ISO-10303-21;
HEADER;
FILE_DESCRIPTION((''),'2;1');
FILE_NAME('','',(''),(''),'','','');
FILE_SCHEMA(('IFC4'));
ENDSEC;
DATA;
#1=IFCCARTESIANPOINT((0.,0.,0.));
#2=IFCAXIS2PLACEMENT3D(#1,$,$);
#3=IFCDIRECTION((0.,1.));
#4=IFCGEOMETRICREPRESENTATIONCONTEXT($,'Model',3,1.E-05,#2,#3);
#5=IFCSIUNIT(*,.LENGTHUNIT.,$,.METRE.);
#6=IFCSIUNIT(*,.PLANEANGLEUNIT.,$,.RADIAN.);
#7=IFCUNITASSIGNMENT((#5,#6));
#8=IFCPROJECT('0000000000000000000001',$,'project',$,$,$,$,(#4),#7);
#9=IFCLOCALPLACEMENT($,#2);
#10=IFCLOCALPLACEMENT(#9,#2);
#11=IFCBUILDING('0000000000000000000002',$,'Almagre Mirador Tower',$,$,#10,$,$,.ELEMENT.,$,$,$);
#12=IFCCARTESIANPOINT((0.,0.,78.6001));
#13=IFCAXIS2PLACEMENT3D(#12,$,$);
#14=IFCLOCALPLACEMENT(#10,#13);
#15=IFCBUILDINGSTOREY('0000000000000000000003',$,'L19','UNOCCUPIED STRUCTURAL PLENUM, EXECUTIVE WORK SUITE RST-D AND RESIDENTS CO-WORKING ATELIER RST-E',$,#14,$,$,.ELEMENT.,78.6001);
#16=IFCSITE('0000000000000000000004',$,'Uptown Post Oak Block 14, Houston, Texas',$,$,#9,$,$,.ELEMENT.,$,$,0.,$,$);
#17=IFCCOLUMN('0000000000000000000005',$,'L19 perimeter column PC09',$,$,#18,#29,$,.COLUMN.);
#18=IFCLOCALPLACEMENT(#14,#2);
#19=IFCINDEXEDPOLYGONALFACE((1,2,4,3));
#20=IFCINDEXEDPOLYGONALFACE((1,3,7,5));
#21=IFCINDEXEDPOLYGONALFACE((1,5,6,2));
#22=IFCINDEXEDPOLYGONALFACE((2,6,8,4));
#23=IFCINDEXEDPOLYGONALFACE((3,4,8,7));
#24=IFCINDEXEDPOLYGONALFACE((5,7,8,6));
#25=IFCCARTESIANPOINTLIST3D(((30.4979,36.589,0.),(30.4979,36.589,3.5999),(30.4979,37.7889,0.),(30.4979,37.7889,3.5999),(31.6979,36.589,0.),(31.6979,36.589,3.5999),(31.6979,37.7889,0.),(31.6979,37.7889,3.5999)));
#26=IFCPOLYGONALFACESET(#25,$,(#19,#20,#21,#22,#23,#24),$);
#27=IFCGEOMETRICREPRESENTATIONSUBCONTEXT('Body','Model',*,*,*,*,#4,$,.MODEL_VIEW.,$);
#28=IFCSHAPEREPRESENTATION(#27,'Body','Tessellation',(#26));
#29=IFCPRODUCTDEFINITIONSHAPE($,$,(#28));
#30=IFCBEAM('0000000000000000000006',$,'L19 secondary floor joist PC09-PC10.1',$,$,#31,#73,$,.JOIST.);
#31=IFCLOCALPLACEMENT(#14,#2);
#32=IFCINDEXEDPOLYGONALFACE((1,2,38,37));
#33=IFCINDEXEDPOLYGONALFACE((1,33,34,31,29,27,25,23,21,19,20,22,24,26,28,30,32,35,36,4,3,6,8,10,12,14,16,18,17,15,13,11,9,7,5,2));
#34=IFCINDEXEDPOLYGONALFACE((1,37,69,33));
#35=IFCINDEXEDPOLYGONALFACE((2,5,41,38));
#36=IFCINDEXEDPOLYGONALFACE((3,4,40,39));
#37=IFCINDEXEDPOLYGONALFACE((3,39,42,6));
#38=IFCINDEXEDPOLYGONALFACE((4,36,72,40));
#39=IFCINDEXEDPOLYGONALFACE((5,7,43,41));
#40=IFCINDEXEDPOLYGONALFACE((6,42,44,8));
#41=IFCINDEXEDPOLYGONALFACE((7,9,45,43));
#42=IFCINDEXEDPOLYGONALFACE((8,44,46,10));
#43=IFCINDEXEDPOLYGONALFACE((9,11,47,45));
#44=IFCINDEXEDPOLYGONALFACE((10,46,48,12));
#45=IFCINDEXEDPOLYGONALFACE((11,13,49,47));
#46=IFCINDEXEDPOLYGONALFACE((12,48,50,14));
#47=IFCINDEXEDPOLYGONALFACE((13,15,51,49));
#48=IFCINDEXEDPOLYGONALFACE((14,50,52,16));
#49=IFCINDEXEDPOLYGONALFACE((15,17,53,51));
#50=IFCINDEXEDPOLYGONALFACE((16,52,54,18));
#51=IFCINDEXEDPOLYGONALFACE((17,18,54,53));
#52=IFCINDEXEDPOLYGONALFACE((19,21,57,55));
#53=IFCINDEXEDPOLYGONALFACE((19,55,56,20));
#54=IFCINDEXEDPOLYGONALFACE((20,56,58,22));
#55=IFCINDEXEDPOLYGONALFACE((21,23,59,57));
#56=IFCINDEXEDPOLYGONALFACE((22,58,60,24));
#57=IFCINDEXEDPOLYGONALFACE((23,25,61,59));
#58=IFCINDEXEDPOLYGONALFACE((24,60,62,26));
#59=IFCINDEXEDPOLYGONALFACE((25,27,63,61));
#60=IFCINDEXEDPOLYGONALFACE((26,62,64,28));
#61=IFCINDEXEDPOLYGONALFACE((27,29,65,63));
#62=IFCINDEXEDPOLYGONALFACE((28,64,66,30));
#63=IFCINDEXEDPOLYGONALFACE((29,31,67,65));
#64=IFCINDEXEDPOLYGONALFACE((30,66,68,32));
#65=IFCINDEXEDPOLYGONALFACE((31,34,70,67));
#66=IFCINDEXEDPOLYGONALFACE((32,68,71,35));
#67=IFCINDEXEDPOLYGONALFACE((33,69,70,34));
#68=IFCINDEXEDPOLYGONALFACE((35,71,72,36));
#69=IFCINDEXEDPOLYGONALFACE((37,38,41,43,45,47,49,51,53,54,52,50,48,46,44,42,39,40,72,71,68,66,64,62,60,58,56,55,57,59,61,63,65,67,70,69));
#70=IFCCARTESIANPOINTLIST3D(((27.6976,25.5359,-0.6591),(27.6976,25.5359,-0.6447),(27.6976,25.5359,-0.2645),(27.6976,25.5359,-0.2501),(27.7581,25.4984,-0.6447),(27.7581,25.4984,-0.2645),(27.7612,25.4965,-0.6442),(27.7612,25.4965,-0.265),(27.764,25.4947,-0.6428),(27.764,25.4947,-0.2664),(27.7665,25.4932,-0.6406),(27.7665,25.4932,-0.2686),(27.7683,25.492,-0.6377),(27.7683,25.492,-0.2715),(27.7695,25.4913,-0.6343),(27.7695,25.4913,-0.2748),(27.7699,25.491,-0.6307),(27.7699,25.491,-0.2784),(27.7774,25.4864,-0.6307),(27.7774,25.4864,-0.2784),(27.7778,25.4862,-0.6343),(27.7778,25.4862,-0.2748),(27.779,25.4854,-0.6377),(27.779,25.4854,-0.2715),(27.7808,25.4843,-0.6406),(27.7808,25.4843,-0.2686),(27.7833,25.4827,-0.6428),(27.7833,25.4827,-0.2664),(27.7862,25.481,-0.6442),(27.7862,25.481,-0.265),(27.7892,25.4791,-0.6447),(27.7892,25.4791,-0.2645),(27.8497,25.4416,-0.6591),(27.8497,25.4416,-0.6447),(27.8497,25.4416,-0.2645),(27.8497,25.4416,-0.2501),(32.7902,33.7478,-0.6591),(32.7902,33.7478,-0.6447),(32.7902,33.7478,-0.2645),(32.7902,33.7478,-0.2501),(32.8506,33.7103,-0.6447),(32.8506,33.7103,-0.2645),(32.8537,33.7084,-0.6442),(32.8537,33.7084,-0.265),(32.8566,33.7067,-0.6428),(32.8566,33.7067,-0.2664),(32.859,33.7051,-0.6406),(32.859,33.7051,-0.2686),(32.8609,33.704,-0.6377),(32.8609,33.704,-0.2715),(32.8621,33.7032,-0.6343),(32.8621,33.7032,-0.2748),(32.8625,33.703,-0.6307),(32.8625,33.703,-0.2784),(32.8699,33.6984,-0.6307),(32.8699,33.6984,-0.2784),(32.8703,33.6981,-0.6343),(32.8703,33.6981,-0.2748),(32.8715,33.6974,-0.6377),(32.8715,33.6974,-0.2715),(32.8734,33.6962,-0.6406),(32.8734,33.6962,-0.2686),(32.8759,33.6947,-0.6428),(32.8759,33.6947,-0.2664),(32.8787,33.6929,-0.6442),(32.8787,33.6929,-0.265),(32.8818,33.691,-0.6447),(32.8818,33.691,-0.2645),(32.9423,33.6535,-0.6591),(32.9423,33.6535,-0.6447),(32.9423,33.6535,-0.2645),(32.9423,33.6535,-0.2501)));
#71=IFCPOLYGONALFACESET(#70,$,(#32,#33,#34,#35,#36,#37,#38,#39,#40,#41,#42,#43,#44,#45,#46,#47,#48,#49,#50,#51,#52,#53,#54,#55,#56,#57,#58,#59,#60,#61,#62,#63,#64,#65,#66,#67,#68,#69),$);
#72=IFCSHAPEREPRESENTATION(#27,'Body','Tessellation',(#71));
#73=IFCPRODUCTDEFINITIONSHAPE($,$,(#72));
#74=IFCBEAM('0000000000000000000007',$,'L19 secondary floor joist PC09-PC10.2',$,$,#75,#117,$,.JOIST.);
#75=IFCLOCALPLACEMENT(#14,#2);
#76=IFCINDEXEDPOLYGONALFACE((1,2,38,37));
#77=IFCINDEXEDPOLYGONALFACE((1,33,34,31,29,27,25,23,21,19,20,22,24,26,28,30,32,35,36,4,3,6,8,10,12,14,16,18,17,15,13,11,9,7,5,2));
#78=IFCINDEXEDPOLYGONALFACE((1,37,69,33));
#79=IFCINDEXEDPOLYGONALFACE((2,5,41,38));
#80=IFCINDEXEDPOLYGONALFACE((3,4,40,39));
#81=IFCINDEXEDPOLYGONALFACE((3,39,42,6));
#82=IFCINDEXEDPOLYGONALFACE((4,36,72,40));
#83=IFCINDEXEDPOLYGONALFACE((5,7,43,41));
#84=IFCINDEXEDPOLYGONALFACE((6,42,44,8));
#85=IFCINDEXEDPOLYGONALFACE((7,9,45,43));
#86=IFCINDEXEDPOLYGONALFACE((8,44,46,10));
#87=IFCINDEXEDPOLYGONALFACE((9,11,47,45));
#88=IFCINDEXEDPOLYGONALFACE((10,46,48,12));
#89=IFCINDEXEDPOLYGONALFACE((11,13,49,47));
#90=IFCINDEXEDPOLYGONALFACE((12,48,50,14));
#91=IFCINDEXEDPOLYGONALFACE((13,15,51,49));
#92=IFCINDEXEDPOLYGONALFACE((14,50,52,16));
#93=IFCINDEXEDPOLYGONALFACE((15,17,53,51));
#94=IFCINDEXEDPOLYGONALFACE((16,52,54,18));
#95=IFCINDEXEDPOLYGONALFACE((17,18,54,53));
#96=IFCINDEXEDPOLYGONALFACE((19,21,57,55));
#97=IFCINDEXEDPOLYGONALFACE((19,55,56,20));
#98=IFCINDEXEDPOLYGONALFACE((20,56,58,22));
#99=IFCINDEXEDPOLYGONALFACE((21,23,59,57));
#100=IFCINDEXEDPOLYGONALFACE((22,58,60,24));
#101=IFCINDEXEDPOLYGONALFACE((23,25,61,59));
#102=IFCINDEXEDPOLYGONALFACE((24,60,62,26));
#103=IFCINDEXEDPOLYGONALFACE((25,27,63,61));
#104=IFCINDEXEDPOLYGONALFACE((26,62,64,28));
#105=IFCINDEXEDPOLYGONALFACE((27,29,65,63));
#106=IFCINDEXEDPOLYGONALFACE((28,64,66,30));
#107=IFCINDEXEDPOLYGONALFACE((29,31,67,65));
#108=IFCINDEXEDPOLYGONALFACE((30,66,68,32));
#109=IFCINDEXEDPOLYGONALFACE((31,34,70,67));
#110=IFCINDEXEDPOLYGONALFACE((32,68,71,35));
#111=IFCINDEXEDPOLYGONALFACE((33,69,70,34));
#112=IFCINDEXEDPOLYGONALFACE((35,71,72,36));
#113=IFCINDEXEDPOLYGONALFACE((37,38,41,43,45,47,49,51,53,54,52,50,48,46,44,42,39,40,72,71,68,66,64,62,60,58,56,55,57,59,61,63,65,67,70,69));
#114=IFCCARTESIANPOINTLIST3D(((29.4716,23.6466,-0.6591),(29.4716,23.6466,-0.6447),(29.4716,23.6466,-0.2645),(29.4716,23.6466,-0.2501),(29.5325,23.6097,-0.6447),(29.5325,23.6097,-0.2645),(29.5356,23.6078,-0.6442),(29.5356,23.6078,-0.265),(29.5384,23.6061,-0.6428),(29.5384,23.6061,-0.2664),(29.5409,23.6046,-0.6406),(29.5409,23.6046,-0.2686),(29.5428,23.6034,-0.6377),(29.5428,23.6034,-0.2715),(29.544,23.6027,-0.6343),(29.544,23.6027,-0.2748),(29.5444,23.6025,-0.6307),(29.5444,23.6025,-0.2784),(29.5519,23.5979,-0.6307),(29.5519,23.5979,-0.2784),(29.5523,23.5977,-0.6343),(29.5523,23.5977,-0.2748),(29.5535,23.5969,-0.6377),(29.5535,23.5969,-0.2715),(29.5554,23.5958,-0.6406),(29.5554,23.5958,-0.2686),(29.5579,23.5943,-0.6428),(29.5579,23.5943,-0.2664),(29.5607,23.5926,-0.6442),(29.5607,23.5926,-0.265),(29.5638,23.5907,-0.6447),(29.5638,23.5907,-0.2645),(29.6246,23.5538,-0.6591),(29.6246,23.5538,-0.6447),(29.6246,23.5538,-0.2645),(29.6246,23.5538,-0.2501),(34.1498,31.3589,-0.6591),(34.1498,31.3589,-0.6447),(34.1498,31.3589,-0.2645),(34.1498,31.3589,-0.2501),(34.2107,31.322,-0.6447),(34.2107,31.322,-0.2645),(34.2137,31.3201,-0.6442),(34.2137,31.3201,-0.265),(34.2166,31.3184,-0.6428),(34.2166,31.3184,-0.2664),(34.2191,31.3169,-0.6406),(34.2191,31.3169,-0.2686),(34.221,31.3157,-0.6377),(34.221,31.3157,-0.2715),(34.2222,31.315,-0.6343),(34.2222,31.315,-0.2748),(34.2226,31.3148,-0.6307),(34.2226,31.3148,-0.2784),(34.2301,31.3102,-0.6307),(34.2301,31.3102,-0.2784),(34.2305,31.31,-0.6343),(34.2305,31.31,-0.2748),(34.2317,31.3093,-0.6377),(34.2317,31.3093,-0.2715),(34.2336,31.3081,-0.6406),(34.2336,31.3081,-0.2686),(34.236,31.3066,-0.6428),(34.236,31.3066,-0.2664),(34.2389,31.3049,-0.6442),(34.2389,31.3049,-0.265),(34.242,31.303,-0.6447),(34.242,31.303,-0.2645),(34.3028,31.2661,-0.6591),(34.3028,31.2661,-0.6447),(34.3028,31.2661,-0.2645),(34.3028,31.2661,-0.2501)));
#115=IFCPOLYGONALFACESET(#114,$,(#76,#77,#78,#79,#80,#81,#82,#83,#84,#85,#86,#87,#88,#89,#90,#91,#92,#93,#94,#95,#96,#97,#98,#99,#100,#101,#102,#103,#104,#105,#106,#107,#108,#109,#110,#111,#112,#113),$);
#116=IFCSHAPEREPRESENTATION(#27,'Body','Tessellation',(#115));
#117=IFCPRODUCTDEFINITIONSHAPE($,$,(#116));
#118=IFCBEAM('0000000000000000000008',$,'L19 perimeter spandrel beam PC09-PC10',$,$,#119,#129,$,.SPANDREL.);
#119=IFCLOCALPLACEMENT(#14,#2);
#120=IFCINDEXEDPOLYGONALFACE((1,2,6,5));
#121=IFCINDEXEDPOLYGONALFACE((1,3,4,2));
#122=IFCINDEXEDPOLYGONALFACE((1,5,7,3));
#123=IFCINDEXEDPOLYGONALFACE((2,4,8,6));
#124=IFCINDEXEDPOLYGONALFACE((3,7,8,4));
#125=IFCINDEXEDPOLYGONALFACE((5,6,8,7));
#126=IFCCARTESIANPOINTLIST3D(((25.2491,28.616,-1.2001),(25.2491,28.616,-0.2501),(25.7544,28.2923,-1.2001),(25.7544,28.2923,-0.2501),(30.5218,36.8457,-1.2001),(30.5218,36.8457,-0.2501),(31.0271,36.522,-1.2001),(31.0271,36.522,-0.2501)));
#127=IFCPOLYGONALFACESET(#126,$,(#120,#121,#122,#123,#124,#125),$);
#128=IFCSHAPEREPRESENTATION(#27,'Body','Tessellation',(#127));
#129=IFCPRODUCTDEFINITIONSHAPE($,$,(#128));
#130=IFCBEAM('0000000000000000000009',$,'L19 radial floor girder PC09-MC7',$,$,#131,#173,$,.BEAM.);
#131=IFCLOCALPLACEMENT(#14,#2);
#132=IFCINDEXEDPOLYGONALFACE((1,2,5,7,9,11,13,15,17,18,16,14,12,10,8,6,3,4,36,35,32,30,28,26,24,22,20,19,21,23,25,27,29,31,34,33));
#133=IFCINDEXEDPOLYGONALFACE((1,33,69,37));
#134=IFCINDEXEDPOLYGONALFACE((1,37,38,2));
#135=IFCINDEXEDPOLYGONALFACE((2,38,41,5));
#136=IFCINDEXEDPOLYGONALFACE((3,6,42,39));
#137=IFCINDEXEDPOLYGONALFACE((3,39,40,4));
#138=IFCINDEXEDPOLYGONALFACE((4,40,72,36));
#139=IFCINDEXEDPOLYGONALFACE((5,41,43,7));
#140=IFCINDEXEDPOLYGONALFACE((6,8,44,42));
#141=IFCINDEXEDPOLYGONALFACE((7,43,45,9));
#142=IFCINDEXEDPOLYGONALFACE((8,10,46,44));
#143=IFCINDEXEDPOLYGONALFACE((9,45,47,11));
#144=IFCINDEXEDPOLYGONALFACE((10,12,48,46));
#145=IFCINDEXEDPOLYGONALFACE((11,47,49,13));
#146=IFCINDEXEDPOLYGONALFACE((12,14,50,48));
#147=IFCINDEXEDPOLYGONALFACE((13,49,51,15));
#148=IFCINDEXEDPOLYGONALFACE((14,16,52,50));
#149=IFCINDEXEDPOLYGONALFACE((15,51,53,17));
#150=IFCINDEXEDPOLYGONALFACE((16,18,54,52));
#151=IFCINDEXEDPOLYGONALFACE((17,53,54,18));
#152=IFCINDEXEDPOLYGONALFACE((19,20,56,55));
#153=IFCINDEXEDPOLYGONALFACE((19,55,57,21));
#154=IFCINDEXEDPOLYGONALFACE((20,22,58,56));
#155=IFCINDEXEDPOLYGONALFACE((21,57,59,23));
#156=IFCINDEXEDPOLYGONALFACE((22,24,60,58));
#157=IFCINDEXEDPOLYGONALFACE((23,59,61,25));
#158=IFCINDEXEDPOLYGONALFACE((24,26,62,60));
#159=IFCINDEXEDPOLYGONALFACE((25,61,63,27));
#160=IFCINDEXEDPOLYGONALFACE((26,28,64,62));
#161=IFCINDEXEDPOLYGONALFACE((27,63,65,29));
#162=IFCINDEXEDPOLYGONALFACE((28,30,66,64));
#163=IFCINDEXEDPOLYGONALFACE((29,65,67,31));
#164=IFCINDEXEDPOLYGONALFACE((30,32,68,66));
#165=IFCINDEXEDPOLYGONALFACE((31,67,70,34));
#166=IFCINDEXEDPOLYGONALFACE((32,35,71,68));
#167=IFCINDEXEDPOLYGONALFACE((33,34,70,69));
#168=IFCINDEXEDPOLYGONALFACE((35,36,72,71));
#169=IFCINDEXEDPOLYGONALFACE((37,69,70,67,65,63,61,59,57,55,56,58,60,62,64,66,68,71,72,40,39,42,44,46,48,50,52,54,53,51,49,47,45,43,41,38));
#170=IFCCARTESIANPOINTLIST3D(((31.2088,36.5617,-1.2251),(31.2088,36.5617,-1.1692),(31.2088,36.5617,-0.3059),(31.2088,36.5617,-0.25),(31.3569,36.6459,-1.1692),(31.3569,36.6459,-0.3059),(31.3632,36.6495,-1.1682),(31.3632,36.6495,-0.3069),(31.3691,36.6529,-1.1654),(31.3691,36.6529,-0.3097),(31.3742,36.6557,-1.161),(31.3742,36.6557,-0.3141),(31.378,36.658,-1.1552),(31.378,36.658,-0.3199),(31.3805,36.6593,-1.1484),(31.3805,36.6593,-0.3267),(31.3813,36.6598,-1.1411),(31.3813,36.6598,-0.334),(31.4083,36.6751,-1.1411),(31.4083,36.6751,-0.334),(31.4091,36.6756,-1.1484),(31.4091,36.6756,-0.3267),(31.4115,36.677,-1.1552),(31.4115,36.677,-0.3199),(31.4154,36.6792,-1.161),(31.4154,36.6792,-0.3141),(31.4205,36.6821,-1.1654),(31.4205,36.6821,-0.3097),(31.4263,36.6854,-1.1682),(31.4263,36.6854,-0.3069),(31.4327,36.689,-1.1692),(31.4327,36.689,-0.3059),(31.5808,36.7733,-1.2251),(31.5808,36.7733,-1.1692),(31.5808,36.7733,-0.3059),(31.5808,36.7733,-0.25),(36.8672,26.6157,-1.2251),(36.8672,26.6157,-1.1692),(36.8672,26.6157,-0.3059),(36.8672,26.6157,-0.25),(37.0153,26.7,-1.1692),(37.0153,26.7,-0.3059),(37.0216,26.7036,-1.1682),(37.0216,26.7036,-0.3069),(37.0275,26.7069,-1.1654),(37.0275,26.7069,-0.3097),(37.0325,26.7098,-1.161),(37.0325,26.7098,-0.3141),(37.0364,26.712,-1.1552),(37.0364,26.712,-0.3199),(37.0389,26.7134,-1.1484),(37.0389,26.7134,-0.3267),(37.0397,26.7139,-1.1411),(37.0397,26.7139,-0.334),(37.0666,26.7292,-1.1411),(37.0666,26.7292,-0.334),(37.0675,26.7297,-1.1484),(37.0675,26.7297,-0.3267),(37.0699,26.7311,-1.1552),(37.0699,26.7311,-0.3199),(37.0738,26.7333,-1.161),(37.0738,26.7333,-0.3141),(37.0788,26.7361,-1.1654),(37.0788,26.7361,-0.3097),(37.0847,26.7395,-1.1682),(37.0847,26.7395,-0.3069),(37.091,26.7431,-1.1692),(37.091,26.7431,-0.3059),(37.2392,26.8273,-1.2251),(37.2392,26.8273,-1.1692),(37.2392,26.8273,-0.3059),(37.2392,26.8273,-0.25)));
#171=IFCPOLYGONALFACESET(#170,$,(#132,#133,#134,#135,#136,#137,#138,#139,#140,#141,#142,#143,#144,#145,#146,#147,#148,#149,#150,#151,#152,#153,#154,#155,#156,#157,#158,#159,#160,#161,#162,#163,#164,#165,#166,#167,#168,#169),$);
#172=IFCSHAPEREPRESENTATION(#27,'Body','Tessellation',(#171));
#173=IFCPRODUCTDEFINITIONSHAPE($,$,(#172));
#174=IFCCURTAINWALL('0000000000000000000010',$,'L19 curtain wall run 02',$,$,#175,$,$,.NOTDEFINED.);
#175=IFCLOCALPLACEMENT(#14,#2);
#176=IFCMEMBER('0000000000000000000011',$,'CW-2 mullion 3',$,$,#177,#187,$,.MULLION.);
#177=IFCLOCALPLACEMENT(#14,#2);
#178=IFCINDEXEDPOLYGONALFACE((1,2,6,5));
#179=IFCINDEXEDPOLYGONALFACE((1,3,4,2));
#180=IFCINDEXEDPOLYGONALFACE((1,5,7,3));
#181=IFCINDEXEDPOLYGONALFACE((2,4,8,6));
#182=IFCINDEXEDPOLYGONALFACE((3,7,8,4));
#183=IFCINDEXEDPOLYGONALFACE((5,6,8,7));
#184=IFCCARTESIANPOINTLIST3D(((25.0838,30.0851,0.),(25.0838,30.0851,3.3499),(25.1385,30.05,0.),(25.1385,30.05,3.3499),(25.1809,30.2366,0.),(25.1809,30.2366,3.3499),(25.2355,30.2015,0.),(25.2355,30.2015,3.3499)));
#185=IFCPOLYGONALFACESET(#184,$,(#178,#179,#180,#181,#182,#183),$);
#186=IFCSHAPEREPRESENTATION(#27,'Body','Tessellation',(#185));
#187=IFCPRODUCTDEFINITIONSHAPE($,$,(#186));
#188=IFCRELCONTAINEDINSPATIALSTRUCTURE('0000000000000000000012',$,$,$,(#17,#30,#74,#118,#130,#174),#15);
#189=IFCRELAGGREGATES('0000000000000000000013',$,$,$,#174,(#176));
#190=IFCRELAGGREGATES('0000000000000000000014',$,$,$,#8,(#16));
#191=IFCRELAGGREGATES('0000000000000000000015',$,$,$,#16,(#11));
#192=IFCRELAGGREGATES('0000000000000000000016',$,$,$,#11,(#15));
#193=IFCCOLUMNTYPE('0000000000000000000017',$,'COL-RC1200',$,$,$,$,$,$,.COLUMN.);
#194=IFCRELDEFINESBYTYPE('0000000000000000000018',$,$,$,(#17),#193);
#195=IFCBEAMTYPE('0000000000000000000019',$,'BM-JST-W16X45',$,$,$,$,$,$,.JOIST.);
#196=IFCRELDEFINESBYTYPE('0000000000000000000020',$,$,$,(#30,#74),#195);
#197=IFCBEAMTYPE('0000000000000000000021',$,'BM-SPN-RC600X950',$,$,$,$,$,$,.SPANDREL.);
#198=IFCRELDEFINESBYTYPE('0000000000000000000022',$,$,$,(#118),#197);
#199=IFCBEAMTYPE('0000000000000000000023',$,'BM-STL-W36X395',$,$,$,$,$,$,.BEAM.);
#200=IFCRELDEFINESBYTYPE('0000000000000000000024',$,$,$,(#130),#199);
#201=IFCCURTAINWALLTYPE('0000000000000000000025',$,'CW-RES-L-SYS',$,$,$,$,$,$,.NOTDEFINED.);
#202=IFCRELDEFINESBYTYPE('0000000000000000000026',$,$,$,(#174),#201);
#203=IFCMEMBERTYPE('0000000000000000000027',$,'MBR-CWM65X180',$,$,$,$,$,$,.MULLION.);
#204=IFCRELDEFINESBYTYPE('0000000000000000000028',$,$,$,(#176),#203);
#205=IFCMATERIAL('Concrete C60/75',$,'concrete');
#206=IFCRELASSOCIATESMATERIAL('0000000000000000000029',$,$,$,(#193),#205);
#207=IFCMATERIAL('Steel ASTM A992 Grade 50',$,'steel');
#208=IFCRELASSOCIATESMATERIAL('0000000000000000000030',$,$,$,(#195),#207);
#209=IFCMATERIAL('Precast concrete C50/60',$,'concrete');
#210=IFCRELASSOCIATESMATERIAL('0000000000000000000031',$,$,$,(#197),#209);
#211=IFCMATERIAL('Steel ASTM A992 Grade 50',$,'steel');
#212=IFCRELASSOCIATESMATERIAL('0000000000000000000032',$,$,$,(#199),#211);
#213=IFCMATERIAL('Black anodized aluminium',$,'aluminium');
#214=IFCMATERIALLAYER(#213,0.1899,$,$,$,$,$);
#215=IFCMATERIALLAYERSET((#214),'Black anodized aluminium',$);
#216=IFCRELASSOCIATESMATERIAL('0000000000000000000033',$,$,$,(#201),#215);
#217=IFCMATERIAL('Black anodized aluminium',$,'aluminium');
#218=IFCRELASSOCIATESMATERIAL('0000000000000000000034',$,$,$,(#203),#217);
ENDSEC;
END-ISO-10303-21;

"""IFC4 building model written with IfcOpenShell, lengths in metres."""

from ifc_helpers import new_model, si_unit, direction, frame, origin, origin_2d, place, context, subcontext, project, spatial, rectangle, i_section, extrude, material, layer, layer_set, material_profile, profile_set, type_object, element, aggregate, save


model = new_model("IFC4")

# Units and contexts
model_context = context("Model", 3, precision=1e-05, world=origin(), true_north=direction((0.0, 1.0)))
body_context = subcontext(model_context, "Body", "Model", "MODEL_VIEW")
ifc_project = project(units=[si_unit("LENGTHUNIT", "METRE"), si_unit("PLANEANGLEUNIT", "RADIAN")], contexts=[model_context])

# Site, building, storey
site_placement = place(None, origin())
site = spatial("IfcSite", under=ifc_project, at=site_placement, Name="Uptown Post Oak Block 14, Houston, Texas", CompositionType="ELEMENT", RefElevation=0.0)
building_placement = place(site_placement, origin())
building = spatial("IfcBuilding", under=site, at=building_placement, Name="Almagre Mirador Tower", CompositionType="ELEMENT")
storey_placement = place(building_placement, frame((0.0, 0.0, 78.6001)))
storey = spatial("IfcBuildingStorey", under=building, at=storey_placement, Name="L19", Description="UNOCCUPIED STRUCTURAL PLENUM, EXECUTIVE WORK SUITE RST-D AND RESIDENTS CO-WORKING ATELIER RST-E", CompositionType="ELEMENT", Elevation=78.6001)

# Column
ifc_material_1 = material(Name="Concrete C60/75", Category="concrete")
ifc_material_profile_1 = material_profile(ifc_material_1, rectangle(XDim=1.2, YDim=1.2, at=origin_2d()), Name="RC1200X1200")
ifc_profile_set_1 = profile_set([ifc_material_profile_1], Name="Concrete C60/75")
column_type = type_object("IfcColumnType", Name="COL-RC1200", PredefinedType="COLUMN", material=ifc_profile_set_1)
column_placement = place(storey_placement, frame((31.0979, 37.189, 0.0), z_axis=(0.0, 0.0, 1.0), x_axis=(1.0, 0.0, 0.0)))
element("IfcColumn", 1, at=column_placement, inside=storey, type_object=column_type, Name="L19 perimeter column PC09", PredefinedType="COLUMN", context=body_context, shape_type="SweptSolid", body=[
    extrude(rectangle(XDim=1.2, YDim=1.2, at=origin_2d()), origin(), (0.0, 0.0, 1.0), 3.5999),
])

# Beams
ifc_material_2 = material(Name="Steel ASTM A992 Grade 50", Category="steel")
ifc_material_profile_2 = material_profile(ifc_material_2, i_section(OverallWidth=0.179, OverallDepth=0.4089, WebThickness=0.0088, FlangeThickness=0.0144, FilletRadius=0.0139, at=origin_2d()), Name="W16X45")
ifc_profile_set_2 = profile_set([ifc_material_profile_2], Name="Steel ASTM A992 Grade 50")
beam_type_1 = type_object("IfcBeamType", Name="BM-JST-W16X45", PredefinedType="JOIST", material=ifc_profile_set_2)
beam_1_placement = place(storey_placement, frame((32.8662, 33.7007, -0.4546), z_axis=(-0.527025, -0.84985, 0.0), x_axis=(0.84985, -0.527025, 0.0)))
element("IfcBeam", 2, at=beam_1_placement, inside=storey, type_object=beam_type_1, Name="L19 secondary floor joist PC09-PC10.1", PredefinedType="JOIST", context=body_context, shape_type="SweptSolid", body=[
    extrude(i_section(OverallWidth=0.179, OverallDepth=0.4089, WebThickness=0.0088, FlangeThickness=0.0144, FilletRadius=0.0139, at=origin_2d()), origin(), (0.0, 0.0, 1.0), 9.6628),
])
beam_2_placement = place(storey_placement, frame((34.2263, 31.3125, -0.4546), z_axis=(-0.518629, -0.854999, 0.0), x_axis=(0.854999, -0.518629, 0.0)))
element("IfcBeam", 3, at=beam_2_placement, inside=storey, type_object=beam_type_1, Name="L19 secondary floor joist PC09-PC10.2", PredefinedType="JOIST", context=body_context, shape_type="SweptSolid", body=[
    extrude(i_section(OverallWidth=0.179, OverallDepth=0.4089, WebThickness=0.0088, FlangeThickness=0.0144, FilletRadius=0.0139, at=origin_2d()), origin(), (0.0, 0.0, 1.0), 9.0203),
])
ifc_material_3 = material(Name="Precast concrete C50/60", Category="concrete")
ifc_material_profile_3 = material_profile(ifc_material_3, rectangle(XDim=0.6001, YDim=0.95, at=origin_2d()), Name="RC600X950")
ifc_profile_set_3 = profile_set([ifc_material_profile_3], Name="Precast concrete C50/60")
beam_type_2 = type_object("IfcBeamType", Name="BM-SPN-RC600X950", PredefinedType="SPANDREL", material=ifc_profile_set_3)
beam_3_placement = place(storey_placement, frame((30.7744, 36.6838, -0.7251), z_axis=(-0.539465, -0.842008, 0.0), x_axis=(0.842008, -0.539465, 0.0)))
element("IfcBeam", 4, at=beam_3_placement, inside=storey, type_object=beam_type_2, Name="L19 perimeter spandrel beam PC09-PC10", PredefinedType="SPANDREL", context=body_context, shape_type="SweptSolid", body=[
    extrude(rectangle(XDim=0.6001, YDim=0.95, at=origin_2d()), origin(), (0.0, 0.0, 1.0), 9.7739),
])
ifc_material_4 = material(Name="Steel ASTM A992 Grade 50", Category="steel")
ifc_material_profile_4 = material_profile(ifc_material_4, i_section(OverallWidth=0.428, OverallDepth=0.9751, WebThickness=0.031, FlangeThickness=0.0559, FilletRadius=0.0281, at=origin_2d()), Name="W36X395")
ifc_profile_set_4 = profile_set([ifc_material_profile_4], Name="Steel ASTM A992 Grade 50")
beam_type_3 = type_object("IfcBeamType", Name="BM-STL-W36X395", PredefinedType="BEAM", material=ifc_profile_set_4)
beam_4_placement = place(storey_placement, frame((31.3948, 36.6675, -0.7375), z_axis=(0.494491, -0.869183, 0.0), x_axis=(0.869183, 0.494491, 0.0)))
element("IfcBeam", 5, at=beam_4_placement, inside=storey, type_object=beam_type_3, Name="L19 radial floor girder PC09-MC7", PredefinedType="BEAM", context=body_context, shape_type="SweptSolid", body=[
    extrude(i_section(OverallWidth=0.428, OverallDepth=0.9751, WebThickness=0.031, FlangeThickness=0.0559, FilletRadius=0.0281, at=origin_2d()), origin(), (0.0, 0.0, 1.0), 11.4429),
])

# Curtain wall, member
ifc_material_5 = material(Name="Black anodized aluminium", Category="aluminium")
ifc_layer_1 = layer(ifc_material_5, 0.1899)
ifc_layer_set_1 = layer_set([ifc_layer_1], Name="Black anodized aluminium")
curtain_wall_type = type_object("IfcCurtainWallType", Name="CW-RES-L-SYS", PredefinedType="NOTDEFINED", material=ifc_layer_set_1)
curtain_wall_placement = place(storey_placement, origin())
curtain_wall = element("IfcCurtainWall", 6, at=curtain_wall_placement, inside=storey, type_object=curtain_wall_type, Name="L19 curtain wall run 02", PredefinedType="NOTDEFINED")
ifc_material_6 = material(Name="Black anodized aluminium", Category="aluminium")
ifc_material_profile_5 = material_profile(ifc_material_6, rectangle(XDim=0.0649, YDim=0.1799, at=origin_2d()), Name="CWM65X180")
ifc_profile_set_5 = profile_set([ifc_material_profile_5], Name="Black anodized aluminium")
member_type = type_object("IfcMemberType", Name="MBR-CWM65X180", PredefinedType="MULLION", material=ifc_profile_set_5)
member_placement = place(storey_placement, frame((25.1597, 30.1433, 0.0), z_axis=(0.0, 0.0, 1.0), x_axis=(-0.842015, 0.539455, 0.0)))
member = element("IfcMember", 7, at=member_placement, type_object=member_type, Name="CW-2 mullion 3", PredefinedType="MULLION", context=body_context, shape_type="SweptSolid", body=[
    extrude(rectangle(XDim=0.0649, YDim=0.1799, at=origin_2d()), origin(), (0.0, 0.0, 1.0), 3.3499),
])
aggregate(curtain_wall, [member])

save(model, "model.ifc")
